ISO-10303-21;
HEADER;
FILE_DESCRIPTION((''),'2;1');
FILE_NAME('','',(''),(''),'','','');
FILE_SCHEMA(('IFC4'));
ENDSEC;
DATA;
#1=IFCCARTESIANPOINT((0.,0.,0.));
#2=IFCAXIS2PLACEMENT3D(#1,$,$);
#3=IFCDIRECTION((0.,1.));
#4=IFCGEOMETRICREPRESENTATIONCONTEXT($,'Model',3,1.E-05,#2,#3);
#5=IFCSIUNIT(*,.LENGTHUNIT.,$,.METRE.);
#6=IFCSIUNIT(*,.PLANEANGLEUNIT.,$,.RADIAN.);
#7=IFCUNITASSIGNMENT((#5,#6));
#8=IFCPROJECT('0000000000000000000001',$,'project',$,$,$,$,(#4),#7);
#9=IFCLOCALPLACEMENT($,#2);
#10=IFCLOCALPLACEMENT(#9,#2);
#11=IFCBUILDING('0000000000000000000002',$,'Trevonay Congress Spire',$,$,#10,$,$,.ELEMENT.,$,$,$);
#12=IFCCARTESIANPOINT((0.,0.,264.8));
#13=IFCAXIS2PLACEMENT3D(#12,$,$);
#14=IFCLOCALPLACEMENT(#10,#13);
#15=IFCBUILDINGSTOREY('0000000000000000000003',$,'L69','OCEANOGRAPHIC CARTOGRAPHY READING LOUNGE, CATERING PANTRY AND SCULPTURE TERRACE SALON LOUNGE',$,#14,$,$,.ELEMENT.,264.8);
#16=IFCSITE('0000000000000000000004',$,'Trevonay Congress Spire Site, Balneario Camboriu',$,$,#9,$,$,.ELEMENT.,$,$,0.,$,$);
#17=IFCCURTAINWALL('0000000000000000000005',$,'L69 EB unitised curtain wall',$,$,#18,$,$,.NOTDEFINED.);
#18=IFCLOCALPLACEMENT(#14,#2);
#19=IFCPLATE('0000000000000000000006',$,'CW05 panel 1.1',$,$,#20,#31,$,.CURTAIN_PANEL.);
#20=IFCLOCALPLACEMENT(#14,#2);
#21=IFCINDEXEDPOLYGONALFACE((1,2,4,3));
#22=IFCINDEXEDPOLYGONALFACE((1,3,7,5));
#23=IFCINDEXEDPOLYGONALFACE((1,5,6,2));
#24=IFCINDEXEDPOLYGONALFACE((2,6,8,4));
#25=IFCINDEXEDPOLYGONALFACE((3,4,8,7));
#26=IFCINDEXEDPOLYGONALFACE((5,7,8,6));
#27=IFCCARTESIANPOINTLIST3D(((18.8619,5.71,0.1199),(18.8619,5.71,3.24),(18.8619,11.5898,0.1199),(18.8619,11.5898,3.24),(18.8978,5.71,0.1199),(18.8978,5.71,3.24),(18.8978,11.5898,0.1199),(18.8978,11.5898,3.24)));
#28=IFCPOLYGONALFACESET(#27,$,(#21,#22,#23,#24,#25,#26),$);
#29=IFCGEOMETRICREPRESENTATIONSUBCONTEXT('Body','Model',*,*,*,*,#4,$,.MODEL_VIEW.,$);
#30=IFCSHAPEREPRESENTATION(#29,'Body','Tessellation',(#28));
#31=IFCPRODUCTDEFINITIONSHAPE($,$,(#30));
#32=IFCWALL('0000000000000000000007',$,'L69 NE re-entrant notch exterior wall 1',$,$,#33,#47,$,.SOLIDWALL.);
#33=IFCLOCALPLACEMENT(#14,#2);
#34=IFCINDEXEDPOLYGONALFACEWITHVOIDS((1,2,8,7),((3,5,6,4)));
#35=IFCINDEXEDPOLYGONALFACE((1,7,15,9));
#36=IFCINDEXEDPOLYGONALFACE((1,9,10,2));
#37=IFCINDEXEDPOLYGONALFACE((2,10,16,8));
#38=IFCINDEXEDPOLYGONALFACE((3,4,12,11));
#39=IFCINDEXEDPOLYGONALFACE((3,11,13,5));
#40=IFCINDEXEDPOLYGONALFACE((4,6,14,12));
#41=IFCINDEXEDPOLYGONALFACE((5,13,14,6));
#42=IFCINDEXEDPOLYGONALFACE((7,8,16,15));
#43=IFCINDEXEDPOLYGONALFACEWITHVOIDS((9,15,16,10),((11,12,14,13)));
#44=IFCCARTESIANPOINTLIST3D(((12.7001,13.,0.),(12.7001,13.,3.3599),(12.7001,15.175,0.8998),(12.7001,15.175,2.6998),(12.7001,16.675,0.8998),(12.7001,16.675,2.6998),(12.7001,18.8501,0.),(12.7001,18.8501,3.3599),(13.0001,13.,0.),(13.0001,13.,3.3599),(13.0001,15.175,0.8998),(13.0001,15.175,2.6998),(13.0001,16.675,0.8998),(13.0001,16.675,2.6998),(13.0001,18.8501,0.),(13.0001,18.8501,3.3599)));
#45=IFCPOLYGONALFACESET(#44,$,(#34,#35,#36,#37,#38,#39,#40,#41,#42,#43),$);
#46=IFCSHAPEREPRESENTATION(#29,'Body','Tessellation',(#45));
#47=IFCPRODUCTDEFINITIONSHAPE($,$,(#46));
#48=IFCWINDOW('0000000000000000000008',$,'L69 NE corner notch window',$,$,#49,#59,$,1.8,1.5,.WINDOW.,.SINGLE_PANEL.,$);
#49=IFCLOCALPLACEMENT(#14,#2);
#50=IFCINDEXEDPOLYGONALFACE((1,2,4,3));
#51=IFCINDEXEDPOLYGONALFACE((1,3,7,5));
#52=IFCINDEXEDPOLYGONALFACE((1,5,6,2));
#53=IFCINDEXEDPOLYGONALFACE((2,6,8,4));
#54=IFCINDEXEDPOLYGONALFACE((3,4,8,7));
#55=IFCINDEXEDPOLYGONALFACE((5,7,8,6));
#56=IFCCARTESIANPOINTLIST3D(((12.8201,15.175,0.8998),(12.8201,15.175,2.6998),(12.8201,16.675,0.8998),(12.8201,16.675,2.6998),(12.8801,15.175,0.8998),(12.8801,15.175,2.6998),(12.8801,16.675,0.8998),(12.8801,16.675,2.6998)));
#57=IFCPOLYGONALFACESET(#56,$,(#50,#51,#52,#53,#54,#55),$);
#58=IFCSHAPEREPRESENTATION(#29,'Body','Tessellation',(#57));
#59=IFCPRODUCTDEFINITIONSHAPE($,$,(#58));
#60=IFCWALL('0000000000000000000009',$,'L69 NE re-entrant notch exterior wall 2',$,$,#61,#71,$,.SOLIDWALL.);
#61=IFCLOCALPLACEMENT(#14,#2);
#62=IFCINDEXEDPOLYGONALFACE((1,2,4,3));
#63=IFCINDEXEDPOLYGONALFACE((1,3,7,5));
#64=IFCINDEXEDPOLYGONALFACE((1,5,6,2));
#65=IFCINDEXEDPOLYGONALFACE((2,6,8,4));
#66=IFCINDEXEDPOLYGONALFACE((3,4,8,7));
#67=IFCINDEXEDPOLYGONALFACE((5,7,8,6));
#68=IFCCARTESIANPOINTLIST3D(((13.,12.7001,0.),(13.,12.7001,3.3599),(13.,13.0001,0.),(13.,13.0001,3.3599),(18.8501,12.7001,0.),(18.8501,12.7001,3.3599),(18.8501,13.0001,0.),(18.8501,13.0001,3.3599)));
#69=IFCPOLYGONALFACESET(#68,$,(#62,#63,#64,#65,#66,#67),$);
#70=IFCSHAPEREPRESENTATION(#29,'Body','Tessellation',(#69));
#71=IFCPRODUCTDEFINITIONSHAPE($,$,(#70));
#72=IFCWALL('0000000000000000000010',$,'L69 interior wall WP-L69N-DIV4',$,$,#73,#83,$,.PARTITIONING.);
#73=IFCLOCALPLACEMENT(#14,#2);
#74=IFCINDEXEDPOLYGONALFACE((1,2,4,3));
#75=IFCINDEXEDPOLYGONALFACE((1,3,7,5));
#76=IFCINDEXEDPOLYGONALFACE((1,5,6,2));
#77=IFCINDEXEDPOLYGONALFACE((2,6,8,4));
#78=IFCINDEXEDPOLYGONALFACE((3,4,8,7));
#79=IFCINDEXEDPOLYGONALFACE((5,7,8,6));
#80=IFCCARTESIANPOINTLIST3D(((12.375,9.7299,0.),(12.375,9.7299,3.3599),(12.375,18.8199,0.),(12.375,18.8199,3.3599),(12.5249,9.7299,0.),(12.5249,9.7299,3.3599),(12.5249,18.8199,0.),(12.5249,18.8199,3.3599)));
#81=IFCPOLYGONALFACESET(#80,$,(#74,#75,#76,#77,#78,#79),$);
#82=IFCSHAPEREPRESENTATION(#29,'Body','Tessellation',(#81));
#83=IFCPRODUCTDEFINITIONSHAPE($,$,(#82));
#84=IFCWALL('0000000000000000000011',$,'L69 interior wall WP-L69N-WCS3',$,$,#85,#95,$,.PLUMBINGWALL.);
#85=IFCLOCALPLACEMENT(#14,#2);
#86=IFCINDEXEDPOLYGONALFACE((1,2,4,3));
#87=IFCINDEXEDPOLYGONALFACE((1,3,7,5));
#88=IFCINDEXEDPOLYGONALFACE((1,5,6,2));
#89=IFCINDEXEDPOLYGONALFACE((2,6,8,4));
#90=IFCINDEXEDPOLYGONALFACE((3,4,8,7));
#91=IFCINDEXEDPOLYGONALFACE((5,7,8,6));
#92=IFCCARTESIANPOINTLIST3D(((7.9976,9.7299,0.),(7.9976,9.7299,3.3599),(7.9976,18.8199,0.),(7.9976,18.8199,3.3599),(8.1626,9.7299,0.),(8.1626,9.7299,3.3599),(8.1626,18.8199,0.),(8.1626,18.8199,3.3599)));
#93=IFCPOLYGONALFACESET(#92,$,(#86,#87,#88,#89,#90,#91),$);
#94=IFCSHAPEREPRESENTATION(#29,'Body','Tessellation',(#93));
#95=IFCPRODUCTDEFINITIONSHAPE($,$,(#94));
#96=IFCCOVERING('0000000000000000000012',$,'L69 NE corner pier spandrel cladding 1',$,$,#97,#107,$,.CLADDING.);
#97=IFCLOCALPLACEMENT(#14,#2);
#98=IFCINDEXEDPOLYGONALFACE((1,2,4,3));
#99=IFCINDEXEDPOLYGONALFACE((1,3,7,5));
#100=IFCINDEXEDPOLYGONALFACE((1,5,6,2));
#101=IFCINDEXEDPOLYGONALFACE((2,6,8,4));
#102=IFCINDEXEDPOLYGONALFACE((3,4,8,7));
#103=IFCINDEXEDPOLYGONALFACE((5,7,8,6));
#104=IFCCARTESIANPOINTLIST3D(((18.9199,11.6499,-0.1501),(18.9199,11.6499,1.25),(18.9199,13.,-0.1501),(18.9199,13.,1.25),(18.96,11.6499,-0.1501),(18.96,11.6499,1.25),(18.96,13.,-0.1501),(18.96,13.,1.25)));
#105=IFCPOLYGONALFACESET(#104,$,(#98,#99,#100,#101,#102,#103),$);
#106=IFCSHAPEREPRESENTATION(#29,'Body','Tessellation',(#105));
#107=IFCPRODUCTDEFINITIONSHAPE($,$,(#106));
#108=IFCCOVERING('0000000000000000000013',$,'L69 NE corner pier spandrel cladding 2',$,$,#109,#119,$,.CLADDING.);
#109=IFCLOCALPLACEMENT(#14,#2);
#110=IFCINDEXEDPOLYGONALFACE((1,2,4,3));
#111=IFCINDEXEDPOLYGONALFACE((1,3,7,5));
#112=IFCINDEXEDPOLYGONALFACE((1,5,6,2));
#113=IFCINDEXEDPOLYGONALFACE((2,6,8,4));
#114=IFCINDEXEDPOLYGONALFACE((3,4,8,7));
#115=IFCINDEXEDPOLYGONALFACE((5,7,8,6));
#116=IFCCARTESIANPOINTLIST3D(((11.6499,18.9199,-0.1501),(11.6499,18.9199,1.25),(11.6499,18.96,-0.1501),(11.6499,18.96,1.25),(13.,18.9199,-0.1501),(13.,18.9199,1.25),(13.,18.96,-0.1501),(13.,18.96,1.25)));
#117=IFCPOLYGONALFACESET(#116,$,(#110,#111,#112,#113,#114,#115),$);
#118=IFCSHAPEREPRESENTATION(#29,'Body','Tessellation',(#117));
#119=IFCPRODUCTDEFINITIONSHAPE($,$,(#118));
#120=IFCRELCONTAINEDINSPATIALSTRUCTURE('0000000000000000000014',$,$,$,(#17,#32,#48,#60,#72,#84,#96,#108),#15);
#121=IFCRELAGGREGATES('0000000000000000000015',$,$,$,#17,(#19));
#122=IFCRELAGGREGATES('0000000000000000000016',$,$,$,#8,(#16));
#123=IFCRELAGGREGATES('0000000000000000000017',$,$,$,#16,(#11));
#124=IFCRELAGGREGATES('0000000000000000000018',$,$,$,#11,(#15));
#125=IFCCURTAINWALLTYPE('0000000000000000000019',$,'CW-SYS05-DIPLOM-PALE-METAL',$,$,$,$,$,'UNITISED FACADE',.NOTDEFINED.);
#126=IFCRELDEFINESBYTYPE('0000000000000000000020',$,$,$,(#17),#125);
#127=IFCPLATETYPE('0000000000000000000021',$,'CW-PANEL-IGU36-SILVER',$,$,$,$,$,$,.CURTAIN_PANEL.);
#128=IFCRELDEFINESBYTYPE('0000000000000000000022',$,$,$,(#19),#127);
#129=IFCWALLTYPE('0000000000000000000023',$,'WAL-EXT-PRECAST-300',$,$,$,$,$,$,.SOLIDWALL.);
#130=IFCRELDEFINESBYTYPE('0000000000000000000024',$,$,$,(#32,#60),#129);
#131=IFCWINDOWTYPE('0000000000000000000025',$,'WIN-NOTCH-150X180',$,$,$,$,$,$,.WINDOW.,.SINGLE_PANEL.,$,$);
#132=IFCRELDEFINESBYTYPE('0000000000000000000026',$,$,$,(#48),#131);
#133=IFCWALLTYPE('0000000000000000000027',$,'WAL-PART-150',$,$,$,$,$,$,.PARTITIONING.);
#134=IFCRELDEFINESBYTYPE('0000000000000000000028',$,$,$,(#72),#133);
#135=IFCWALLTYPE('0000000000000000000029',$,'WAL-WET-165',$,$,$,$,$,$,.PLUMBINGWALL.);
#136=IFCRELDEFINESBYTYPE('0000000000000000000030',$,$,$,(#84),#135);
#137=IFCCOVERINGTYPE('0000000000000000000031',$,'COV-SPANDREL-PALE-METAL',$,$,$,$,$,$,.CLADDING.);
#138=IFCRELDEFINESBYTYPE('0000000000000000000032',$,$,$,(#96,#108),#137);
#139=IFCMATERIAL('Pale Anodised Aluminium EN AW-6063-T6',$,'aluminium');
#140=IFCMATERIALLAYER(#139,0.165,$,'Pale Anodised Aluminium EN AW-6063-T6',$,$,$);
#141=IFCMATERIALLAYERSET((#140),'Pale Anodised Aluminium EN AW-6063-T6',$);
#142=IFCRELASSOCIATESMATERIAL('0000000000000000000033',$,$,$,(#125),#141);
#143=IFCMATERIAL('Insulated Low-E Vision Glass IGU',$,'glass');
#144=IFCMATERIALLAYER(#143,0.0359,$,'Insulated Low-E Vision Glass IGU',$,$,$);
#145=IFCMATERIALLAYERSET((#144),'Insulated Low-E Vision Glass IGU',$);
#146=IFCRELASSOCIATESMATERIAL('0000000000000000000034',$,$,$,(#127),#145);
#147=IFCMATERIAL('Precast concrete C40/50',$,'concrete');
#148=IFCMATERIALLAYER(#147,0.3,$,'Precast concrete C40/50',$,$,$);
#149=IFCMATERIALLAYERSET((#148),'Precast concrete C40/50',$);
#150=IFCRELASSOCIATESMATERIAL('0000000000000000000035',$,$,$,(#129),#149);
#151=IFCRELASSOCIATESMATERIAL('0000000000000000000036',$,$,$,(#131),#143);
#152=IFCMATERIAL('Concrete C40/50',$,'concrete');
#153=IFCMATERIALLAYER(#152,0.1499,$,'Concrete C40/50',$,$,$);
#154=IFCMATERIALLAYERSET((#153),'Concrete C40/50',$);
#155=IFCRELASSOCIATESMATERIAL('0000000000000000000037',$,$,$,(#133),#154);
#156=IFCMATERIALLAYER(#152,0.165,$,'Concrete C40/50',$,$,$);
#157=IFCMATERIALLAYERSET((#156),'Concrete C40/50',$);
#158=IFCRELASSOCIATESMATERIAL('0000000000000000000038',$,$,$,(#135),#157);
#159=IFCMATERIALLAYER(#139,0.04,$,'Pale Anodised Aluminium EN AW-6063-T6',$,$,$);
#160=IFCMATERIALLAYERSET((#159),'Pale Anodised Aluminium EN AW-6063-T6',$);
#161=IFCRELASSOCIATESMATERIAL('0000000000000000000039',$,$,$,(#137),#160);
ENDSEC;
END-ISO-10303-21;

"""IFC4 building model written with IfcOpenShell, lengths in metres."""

from ifc_helpers import new_model, si_unit, direction, frame, frame_2d, origin, origin_2d, place, context, subcontext, project, spatial, rectangle, extrude, material, layer, layer_set, type_object, element, fill, aggregate, save


model = new_model("IFC4")

# Units and contexts
model_context = context("Model", 3, precision=1e-05, world=origin(), true_north=direction((0.0, 1.0)))
body_context = subcontext(model_context, "Body", "Model", "MODEL_VIEW")
ifc_project = project(units=[si_unit("LENGTHUNIT", "METRE"), si_unit("PLANEANGLEUNIT", "RADIAN")], contexts=[model_context])

# Site, building, storey
site_placement = place(None, origin())
site = spatial("IfcSite", under=ifc_project, at=site_placement, Name="Trevonay Congress Spire Site, Balneario Camboriu", CompositionType="ELEMENT", RefElevation=0.0)
building_placement = place(site_placement, origin())
building = spatial("IfcBuilding", under=site, at=building_placement, Name="Trevonay Congress Spire", CompositionType="ELEMENT")
storey_placement = place(building_placement, frame((0.0, 0.0, 264.8)))
storey = spatial("IfcBuildingStorey", under=building, at=storey_placement, Name="L69", Description="OCEANOGRAPHIC CARTOGRAPHY READING LOUNGE, CATERING PANTRY AND SCULPTURE TERRACE SALON LOUNGE", CompositionType="ELEMENT", Elevation=264.8)

# Curtain wall
ifc_material_1 = material(Name="Pale Anodised Aluminium EN AW-6063-T6", Category="aluminium")
ifc_layer_1 = layer(ifc_material_1, 0.165, Name="Pale Anodised Aluminium EN AW-6063-T6")
ifc_layer_set_1 = layer_set([ifc_layer_1], Name="Pale Anodised Aluminium EN AW-6063-T6")
curtain_wall_type = type_object("IfcCurtainWallType", Name="CW-SYS05-DIPLOM-PALE-METAL", ElementType="UNITISED FACADE", PredefinedType="NOTDEFINED", material=ifc_layer_set_1)
curtain_wall_1_placement = place(storey_placement, origin())
curtain_wall_1 = element("IfcCurtainWall", 1, at=curtain_wall_1_placement, inside=storey, type_object=curtain_wall_type, Name="L69 EB unitised curtain wall", PredefinedType="NOTDEFINED")

# Plate
ifc_material_2 = material(Name="Insulated Low-E Vision Glass IGU", Category="glass")
ifc_layer_2 = layer(ifc_material_2, 0.0359, Name="Insulated Low-E Vision Glass IGU")
ifc_layer_set_2 = layer_set([ifc_layer_2], Name="Insulated Low-E Vision Glass IGU")
plate_type = type_object("IfcPlateType", Name="CW-PANEL-IGU36-SILVER", PredefinedType="CURTAIN_PANEL", material=ifc_layer_set_2)
plate_1_placement = place(storey_placement, frame((18.8799, 8.6499, 0.1199), z_axis=(0.0, 0.0, 1.0), x_axis=(0.0, 1.0, 0.0)))
plate_1 = element("IfcPlate", 2, at=plate_1_placement, type_object=plate_type, Name="CW05 panel 1.1", PredefinedType="CURTAIN_PANEL", context=body_context, shape_type="SweptSolid", body=[
    extrude(rectangle(XDim=5.8799, YDim=0.0359, at=origin_2d()), origin(), (0.0, 0.0, 1.0), 3.1201),
])
aggregate(curtain_wall_1, [plate_1])

# Wall, opening, window
ifc_material_3 = material(Name="Precast concrete C40/50", Category="concrete")
ifc_layer_3 = layer(ifc_material_3, 0.3, Name="Precast concrete C40/50")
ifc_layer_set_3 = layer_set([ifc_layer_3], Name="Precast concrete C40/50")
wall_type_1 = type_object("IfcWallType", Name="WAL-EXT-PRECAST-300", PredefinedType="SOLIDWALL", material=ifc_layer_set_3)
wall_1_placement = place(storey_placement, frame((12.8501, 18.8501, 0.0), z_axis=(0.0, 0.0, 1.0), x_axis=(0.0, -1.0, 0.0)))
wall_1 = element("IfcWall", 3, at=wall_1_placement, inside=storey, type_object=wall_type_1, Name="L69 NE re-entrant notch exterior wall 1", PredefinedType="SOLIDWALL", context=body_context, shape_type="SweptSolid", body=[
    extrude(rectangle(XDim=5.8501, YDim=0.3, at=frame_2d((2.925, 0.0))), origin(), (0.0, 0.0, 1.0), 3.3599),
])
opening_placement = place(wall_1_placement, frame((2.175, 0.0, 0.8999)))
opening = element("IfcOpeningElement", 4, at=opening_placement, cuts=wall_1, PredefinedType="OPENING", context=body_context, shape_type="SweptSolid", body=[
    extrude(rectangle(XDim=1.5, YDim=1.8, at=frame_2d((0.75, 0.8999))), frame((0.0, 0.1602, 0.0), z_axis=(0.0, -1.0, 0.0), x_axis=(1.0, 0.0, 0.0)), (0.0, 0.0, 1.0), 0.3201),
])
window_type = type_object("IfcWindowType", Name="WIN-NOTCH-150X180", PartitioningType="SINGLE_PANEL", PredefinedType="WINDOW", material=ifc_material_2)
window_placement = place(opening_placement, origin())
window = element("IfcWindow", 5, at=window_placement, inside=storey, type_object=window_type, Name="L69 NE corner notch window", OverallHeight=1.8, OverallWidth=1.5, PartitioningType="SINGLE_PANEL", PredefinedType="WINDOW", context=body_context, shape_type="SweptSolid", body=[
    extrude(rectangle(XDim=1.5, YDim=1.8, at=frame_2d((0.75, 0.8999))), frame((0.0, 0.03, 0.0), z_axis=(0.0, -1.0, 0.0), x_axis=(1.0, 0.0, 0.0)), (0.0, 0.0, 1.0), 0.0601),
])
fill(opening, window)

# Walls
wall_2_placement = place(storey_placement, frame((18.8501, 12.8501, 0.0), z_axis=(0.0, 0.0, 1.0), x_axis=(-1.0, 0.0, 0.0)))
element("IfcWall", 6, at=wall_2_placement, inside=storey, type_object=wall_type_1, Name="L69 NE re-entrant notch exterior wall 2", PredefinedType="SOLIDWALL", context=body_context, shape_type="SweptSolid", body=[
    extrude(rectangle(XDim=5.8501, YDim=0.3, at=frame_2d((2.925, 0.0))), origin(), (0.0, 0.0, 1.0), 3.3599),
])
ifc_material_4 = material(Name="Concrete C40/50", Category="concrete")
ifc_layer_4 = layer(ifc_material_4, 0.1499, Name="Concrete C40/50")
ifc_layer_set_4 = layer_set([ifc_layer_4], Name="Concrete C40/50")
wall_type_2 = type_object("IfcWallType", Name="WAL-PART-150", PredefinedType="PARTITIONING", material=ifc_layer_set_4)
wall_3_placement = place(storey_placement, frame((12.45, 9.73, 0.0), z_axis=(0.0, 0.0, 1.0), x_axis=(0.0, 1.0, 0.0)))
element("IfcWall", 7, at=wall_3_placement, inside=storey, type_object=wall_type_2, Name="L69 interior wall WP-L69N-DIV4", PredefinedType="PARTITIONING", context=body_context, shape_type="SweptSolid", body=[
    extrude(rectangle(XDim=9.0901, YDim=0.1499, at=frame_2d((4.5449, 0.0))), origin(), (0.0, 0.0, 1.0), 3.3599),
])
ifc_layer_5 = layer(ifc_material_4, 0.165, Name="Concrete C40/50")
ifc_layer_set_5 = layer_set([ifc_layer_5], Name="Concrete C40/50")
wall_type_3 = type_object("IfcWallType", Name="WAL-WET-165", PredefinedType="PLUMBINGWALL", material=ifc_layer_set_5)
wall_4_placement = place(storey_placement, frame((8.0801, 9.73, 0.0), z_axis=(0.0, 0.0, 1.0), x_axis=(0.0, 1.0, 0.0)))
element("IfcWall", 8, at=wall_4_placement, inside=storey, type_object=wall_type_3, Name="L69 interior wall WP-L69N-WCS3", PredefinedType="PLUMBINGWALL", context=body_context, shape_type="SweptSolid", body=[
    extrude(rectangle(XDim=9.0901, YDim=0.165, at=frame_2d((4.5449, 0.0))), origin(), (0.0, 0.0, 1.0), 3.3599),
])

# Coverings
ifc_layer_6 = layer(ifc_material_1, 0.04, Name="Pale Anodised Aluminium EN AW-6063-T6")
ifc_layer_set_6 = layer_set([ifc_layer_6], Name="Pale Anodised Aluminium EN AW-6063-T6")
covering_type = type_object("IfcCoveringType", Name="COV-SPANDREL-PALE-METAL", PredefinedType="CLADDING", material=ifc_layer_set_6)
for number, where, z_axis, x_axis, name in (
    (9, (18.9399, 11.6499, -0.1501), (0.0, 0.0, 1.0), (0.0, 1.0, 0.0), "L69 NE corner pier spandrel cladding 1"),
    (10, (11.6499, 18.9399, -0.1501), (0.0, 0.0, 1.0), (1.0, 0.0, 0.0), "L69 NE corner pier spandrel cladding 2"),
):
    element("IfcCovering", number, at=place(storey_placement, frame(where, z_axis=z_axis, x_axis=x_axis)), inside=storey, type_object=covering_type, Name=name, PredefinedType="CLADDING", context=body_context, shape_type="SweptSolid", body=[
        extrude(rectangle(XDim=1.3501, YDim=0.04, at=frame_2d((0.675, 0.0))), origin(), (0.0, 0.0, 1.0), 1.4001),
    ])

save(model, "model.ifc")
